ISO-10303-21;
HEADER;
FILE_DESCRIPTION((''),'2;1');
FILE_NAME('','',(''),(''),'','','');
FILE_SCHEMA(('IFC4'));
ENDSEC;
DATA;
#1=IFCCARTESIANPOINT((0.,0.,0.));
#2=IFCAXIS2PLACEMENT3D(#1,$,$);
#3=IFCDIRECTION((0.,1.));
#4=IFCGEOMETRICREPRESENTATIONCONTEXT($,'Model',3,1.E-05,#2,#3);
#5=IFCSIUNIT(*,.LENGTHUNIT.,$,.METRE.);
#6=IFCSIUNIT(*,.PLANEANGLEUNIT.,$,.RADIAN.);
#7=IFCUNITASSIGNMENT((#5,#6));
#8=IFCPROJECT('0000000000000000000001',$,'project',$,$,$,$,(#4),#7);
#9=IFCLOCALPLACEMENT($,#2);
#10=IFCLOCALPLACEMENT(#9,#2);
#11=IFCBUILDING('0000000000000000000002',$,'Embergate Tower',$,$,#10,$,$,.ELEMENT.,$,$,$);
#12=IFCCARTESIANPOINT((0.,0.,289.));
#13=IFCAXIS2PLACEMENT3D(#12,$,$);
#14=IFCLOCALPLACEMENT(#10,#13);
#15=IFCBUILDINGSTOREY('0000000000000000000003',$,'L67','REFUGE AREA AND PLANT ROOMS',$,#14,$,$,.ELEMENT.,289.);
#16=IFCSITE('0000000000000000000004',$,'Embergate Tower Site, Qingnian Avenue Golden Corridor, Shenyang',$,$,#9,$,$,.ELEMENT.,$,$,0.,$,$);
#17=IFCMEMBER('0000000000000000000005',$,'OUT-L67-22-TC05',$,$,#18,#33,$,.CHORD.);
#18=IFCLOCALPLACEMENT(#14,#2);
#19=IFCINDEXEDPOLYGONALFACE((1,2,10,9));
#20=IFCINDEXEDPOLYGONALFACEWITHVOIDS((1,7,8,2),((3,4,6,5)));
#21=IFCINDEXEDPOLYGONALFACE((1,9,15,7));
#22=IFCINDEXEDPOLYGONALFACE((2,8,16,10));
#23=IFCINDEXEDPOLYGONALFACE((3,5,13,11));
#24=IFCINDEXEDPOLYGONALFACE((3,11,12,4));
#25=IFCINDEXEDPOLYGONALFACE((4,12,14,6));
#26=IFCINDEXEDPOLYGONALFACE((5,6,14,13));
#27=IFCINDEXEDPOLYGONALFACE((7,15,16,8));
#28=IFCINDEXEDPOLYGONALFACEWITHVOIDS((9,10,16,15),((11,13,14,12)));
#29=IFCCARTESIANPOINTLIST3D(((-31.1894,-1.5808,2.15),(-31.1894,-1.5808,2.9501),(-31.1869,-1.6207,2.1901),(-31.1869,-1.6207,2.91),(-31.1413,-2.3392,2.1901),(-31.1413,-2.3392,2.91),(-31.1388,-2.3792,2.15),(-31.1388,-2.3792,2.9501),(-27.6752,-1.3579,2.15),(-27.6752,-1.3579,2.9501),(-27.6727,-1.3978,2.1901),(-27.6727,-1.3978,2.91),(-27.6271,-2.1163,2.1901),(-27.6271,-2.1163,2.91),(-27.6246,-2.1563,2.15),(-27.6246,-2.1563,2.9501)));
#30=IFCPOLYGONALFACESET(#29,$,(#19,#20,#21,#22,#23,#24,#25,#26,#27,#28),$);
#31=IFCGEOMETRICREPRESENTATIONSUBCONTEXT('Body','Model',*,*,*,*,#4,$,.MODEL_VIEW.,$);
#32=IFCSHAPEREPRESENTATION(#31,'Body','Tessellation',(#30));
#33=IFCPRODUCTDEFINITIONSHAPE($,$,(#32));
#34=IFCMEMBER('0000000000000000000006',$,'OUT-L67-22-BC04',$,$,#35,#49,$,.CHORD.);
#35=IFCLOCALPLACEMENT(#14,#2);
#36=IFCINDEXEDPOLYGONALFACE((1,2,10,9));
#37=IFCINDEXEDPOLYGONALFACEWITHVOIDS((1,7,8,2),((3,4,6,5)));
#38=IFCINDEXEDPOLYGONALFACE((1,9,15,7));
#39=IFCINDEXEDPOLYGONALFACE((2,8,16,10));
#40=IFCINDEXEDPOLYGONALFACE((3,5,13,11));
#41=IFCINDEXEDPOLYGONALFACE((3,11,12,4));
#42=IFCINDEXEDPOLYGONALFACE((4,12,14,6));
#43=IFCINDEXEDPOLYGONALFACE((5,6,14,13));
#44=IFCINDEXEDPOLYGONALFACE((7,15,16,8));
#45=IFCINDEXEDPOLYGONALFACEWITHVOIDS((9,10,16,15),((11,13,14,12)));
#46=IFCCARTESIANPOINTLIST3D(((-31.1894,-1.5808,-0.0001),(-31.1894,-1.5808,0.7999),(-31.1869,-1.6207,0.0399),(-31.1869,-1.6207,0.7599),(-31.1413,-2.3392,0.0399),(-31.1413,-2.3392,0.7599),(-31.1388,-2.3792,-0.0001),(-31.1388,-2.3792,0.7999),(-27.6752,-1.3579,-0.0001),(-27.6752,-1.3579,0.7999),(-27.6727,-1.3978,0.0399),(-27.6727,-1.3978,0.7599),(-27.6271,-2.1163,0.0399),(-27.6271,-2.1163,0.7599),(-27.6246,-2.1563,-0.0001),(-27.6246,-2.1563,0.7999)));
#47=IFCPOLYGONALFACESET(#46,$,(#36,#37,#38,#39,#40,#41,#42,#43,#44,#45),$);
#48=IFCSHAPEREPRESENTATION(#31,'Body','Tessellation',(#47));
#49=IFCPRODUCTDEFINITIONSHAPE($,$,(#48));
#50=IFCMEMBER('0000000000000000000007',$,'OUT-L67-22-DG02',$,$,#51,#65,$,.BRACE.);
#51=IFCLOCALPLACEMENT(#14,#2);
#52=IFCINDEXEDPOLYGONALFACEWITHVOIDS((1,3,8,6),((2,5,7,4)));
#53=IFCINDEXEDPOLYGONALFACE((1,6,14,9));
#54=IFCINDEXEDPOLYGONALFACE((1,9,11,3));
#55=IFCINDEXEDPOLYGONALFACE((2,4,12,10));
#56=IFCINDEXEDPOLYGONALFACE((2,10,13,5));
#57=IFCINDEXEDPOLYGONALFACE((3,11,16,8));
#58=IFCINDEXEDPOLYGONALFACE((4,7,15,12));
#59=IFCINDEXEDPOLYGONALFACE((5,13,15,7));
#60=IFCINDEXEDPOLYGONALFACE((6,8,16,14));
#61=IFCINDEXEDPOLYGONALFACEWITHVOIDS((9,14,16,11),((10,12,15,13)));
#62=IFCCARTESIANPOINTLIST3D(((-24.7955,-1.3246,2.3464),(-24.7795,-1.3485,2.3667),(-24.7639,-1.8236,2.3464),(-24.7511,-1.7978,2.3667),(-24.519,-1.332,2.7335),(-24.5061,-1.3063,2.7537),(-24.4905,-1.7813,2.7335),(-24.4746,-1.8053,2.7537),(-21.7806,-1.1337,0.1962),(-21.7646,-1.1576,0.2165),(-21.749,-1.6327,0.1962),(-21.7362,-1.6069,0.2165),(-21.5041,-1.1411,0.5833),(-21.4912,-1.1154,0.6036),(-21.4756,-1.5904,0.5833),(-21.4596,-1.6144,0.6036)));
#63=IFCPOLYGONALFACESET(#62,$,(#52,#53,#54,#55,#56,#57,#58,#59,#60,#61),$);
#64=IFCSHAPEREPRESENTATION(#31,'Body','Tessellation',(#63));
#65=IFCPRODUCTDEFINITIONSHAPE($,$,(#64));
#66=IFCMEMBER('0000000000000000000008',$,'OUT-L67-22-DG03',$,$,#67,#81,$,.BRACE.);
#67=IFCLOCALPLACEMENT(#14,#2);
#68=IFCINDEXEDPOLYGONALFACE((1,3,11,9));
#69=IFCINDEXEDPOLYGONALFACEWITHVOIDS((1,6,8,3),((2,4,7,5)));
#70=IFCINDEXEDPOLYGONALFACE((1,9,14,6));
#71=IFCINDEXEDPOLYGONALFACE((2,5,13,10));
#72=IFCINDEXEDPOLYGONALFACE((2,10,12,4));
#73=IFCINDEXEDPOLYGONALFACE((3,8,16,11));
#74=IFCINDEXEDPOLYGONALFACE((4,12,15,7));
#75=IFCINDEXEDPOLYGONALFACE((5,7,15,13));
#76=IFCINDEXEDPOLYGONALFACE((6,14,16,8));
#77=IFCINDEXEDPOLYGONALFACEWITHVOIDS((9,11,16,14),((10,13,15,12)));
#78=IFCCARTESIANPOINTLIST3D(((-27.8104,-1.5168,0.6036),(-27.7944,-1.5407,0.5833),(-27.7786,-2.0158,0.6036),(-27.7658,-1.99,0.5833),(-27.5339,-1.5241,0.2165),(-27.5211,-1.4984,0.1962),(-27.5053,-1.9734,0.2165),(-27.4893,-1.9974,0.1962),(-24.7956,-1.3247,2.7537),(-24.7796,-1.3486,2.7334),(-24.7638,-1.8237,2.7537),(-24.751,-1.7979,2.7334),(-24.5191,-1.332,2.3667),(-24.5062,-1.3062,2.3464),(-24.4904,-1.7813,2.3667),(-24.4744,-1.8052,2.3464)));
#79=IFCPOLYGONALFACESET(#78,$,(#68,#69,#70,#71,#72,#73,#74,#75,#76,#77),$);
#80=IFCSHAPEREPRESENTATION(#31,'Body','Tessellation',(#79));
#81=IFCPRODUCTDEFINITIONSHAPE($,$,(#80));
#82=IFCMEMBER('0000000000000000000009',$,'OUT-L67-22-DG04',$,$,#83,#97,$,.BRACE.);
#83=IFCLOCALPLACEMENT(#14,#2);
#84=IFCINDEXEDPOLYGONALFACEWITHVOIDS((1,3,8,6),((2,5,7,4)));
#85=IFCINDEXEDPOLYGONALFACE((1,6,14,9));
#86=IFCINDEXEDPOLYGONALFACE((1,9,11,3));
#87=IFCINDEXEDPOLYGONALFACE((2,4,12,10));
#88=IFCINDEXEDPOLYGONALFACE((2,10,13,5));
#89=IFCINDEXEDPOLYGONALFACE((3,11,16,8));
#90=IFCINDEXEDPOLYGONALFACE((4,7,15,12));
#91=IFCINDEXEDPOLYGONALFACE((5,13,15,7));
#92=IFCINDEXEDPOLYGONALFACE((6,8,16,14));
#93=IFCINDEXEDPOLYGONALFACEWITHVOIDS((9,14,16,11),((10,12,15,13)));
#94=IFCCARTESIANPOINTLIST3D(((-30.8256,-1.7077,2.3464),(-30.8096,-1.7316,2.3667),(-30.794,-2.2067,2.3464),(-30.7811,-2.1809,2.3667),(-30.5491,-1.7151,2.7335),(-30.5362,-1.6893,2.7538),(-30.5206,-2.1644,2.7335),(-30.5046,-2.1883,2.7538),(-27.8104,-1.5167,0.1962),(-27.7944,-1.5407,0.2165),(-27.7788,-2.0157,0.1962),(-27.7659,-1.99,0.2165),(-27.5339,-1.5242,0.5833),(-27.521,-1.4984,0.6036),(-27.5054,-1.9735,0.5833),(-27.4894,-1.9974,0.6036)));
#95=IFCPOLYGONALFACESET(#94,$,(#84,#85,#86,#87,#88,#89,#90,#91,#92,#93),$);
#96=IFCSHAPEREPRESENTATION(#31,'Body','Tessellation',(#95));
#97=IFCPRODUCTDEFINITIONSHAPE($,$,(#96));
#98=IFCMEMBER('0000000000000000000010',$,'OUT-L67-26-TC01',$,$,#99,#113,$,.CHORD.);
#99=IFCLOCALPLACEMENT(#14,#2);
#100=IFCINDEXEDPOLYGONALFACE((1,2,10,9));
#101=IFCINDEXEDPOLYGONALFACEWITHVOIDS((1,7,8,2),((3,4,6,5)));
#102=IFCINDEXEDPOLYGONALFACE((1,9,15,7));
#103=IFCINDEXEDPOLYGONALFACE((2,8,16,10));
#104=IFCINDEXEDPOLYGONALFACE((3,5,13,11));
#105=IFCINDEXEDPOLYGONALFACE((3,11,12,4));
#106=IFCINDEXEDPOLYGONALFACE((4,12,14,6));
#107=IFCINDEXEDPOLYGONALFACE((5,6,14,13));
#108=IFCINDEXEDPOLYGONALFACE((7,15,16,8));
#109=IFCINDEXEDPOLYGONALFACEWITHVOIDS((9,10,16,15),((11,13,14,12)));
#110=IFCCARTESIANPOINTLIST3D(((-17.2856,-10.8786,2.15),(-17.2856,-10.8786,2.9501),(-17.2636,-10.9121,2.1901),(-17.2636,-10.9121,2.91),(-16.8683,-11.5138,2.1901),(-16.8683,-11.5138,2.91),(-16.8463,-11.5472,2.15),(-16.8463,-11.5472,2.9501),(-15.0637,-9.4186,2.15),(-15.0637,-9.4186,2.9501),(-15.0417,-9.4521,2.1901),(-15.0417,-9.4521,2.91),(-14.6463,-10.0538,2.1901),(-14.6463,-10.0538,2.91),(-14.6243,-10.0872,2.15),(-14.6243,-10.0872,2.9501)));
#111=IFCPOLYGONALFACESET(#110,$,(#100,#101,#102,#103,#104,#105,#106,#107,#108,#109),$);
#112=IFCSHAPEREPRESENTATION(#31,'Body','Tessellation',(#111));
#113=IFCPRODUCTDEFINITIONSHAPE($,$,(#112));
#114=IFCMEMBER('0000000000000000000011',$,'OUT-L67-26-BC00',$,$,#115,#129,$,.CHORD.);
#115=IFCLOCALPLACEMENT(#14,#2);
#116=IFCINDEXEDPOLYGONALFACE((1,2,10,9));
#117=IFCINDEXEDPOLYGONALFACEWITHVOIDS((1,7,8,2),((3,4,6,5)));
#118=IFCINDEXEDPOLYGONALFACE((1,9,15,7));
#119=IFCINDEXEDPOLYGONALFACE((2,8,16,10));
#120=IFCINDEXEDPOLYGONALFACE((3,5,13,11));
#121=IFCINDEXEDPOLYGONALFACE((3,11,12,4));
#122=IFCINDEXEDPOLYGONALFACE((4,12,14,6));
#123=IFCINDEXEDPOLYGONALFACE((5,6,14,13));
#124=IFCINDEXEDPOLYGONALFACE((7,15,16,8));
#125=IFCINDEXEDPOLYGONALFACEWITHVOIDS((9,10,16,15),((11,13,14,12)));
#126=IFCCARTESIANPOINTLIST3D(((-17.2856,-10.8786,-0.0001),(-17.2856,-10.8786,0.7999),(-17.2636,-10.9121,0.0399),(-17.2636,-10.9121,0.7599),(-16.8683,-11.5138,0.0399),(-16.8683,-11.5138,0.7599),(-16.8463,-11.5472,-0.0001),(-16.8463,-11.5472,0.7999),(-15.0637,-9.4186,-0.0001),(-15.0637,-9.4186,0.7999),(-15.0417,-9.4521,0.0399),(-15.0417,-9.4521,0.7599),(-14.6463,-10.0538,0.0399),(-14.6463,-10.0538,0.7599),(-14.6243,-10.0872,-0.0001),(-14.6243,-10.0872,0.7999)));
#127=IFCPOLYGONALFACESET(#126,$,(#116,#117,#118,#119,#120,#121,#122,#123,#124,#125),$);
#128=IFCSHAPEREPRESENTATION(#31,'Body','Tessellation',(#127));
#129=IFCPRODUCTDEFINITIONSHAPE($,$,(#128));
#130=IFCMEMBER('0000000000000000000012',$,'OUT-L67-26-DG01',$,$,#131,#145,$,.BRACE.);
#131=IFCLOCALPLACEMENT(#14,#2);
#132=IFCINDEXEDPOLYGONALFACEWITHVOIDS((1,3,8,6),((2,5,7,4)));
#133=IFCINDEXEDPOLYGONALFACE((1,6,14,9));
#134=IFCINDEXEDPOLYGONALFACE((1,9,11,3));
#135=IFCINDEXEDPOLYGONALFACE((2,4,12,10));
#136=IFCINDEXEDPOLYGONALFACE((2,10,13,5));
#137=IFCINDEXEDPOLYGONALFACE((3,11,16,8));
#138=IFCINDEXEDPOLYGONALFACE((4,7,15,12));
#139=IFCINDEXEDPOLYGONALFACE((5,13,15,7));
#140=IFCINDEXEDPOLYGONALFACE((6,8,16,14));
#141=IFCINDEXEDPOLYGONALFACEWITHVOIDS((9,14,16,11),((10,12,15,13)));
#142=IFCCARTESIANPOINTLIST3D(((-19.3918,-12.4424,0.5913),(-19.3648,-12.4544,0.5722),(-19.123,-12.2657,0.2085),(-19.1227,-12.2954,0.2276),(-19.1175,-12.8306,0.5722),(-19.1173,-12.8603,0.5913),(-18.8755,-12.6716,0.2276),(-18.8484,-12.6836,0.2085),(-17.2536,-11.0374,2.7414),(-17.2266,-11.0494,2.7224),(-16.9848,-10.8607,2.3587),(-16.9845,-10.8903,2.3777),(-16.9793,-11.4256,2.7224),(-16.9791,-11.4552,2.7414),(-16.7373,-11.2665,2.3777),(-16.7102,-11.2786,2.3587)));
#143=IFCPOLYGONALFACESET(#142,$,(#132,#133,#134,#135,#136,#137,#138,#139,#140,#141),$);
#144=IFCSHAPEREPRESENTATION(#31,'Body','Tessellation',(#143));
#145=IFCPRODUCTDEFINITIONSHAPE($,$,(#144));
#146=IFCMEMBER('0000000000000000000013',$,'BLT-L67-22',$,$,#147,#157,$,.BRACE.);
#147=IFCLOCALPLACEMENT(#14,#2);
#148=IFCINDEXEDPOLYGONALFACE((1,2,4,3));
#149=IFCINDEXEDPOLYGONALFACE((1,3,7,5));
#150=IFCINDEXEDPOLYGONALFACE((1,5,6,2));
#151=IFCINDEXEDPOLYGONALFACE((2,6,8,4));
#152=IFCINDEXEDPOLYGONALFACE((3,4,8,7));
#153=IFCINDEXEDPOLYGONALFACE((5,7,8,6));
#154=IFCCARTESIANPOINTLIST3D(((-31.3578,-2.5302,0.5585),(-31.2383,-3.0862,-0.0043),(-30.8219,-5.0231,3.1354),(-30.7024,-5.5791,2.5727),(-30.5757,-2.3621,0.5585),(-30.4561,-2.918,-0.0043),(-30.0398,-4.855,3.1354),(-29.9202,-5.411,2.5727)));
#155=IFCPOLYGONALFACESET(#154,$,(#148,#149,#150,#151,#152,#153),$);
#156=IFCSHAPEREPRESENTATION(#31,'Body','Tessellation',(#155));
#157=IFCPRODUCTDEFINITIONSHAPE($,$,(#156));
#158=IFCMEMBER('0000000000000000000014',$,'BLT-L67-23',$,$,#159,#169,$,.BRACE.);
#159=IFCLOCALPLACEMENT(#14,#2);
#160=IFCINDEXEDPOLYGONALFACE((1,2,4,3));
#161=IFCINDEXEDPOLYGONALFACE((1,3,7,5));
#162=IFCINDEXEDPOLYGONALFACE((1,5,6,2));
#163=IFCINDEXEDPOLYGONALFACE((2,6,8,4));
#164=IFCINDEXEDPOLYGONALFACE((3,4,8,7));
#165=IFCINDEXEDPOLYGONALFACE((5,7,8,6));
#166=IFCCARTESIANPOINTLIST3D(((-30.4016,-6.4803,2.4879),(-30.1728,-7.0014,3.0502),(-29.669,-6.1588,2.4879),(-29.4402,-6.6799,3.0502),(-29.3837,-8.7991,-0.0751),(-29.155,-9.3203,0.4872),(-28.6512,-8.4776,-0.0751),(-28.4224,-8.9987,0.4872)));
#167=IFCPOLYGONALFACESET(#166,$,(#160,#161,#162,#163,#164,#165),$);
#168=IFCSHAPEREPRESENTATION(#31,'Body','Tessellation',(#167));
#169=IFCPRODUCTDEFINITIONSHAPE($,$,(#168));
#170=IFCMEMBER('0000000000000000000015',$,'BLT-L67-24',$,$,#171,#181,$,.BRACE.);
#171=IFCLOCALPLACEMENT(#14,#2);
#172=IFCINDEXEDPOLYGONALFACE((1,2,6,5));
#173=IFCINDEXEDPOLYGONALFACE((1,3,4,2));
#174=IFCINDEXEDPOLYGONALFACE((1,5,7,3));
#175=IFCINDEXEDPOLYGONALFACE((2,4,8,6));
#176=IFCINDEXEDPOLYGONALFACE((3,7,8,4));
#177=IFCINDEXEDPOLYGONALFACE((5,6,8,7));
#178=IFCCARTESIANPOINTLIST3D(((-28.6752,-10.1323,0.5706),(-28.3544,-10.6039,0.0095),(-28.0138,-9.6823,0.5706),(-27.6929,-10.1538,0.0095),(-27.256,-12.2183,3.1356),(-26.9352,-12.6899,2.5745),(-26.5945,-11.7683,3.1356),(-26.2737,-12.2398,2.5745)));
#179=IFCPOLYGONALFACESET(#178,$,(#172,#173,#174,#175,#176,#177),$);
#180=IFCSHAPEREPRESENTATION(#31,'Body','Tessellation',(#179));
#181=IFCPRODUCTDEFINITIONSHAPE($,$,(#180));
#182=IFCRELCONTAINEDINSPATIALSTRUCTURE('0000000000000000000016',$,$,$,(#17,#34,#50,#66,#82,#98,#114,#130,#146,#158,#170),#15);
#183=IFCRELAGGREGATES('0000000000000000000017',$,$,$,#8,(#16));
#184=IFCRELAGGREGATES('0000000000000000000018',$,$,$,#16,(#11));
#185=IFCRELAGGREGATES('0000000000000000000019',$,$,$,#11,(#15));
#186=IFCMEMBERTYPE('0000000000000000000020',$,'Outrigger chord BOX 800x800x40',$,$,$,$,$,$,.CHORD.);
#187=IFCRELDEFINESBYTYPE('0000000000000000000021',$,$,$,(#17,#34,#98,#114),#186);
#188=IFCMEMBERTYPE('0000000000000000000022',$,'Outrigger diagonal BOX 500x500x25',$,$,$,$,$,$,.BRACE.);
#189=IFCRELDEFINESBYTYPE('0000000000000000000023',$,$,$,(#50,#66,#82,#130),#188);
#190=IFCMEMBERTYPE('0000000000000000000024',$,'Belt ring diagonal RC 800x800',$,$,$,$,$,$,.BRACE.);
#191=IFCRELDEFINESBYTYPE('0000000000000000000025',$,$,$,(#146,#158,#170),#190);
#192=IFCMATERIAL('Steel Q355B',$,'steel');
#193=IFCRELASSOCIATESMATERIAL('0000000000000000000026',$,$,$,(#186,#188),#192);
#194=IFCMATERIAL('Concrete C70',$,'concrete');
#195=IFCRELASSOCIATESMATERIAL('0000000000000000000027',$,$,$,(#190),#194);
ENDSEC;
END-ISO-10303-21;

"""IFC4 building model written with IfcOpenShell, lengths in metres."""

from ifc_helpers import new_model, si_unit, direction, frame, origin, origin_2d, place, context, subcontext, project, spatial, rectangle, hollow_rectangle, extrude, source, transform, mapped, material, material_profile, profile_set, type_object, element, save


model = new_model("IFC4")

# Units and contexts
model_context = context("Model", 3, precision=1e-05, world=origin(), true_north=direction((0.0, 1.0)))
body_context = subcontext(model_context, "Body", "Model", "MODEL_VIEW")
ifc_project = project(units=[si_unit("LENGTHUNIT", "METRE"), si_unit("PLANEANGLEUNIT", "RADIAN")], contexts=[model_context])

# Site, building, storey
site_placement = place(None, origin())
site = spatial("IfcSite", under=ifc_project, at=site_placement, Name="Embergate Tower Site, Qingnian Avenue Golden Corridor, Shenyang", CompositionType="ELEMENT", RefElevation=0.0)
building_placement = place(site_placement, origin())
building = spatial("IfcBuilding", under=site, at=building_placement, Name="Embergate Tower", CompositionType="ELEMENT")
storey_placement = place(building_placement, frame((0.0, 0.0, 289.0)))
storey = spatial("IfcBuildingStorey", under=building, at=storey_placement, Name="L67", Description="REFUGE AREA AND PLANT ROOMS", CompositionType="ELEMENT", Elevation=289.0)

# Shared definitions
ifc_material_1 = material(Name="Steel Q355B", Category="steel")

# Members
ifc_material_profile_1 = material_profile(ifc_material_1, hollow_rectangle(XDim=0.8, YDim=0.8, WallThickness=0.04, at=origin_2d()), Name="BOX 800x800x40")
ifc_profile_set_1 = profile_set([ifc_material_profile_1], Name="Steel Q355 grade B")
member_type_1 = type_object("IfcMemberType", Name="Outrigger chord BOX 800x800x40", PredefinedType="CHORD", material=ifc_profile_set_1)
shared_shape_1 = source(origin(), body_context, "Body", "SweptSolid", [
    extrude(hollow_rectangle(XDim=0.8, YDim=0.8, WallThickness=0.04, at=origin_2d()), origin(), (0.0, 0.0, 1.0), 3.5212),
])
for number, where, z_axis, x_axis, name in (
    (1, (-27.6499, -1.7571, 2.55), (-0.997994, -0.063302, 0.0), (0.063302, -0.997994, 0.0), "OUT-L67-22-TC05"),
    (2, (-27.6499, -1.7571, 0.3999), (-0.997994, -0.063302, 0.0), (0.063302, -0.997994, 0.0), "OUT-L67-22-BC04"),
):
    element("IfcMember", number, at=place(storey_placement, frame(where, z_axis=z_axis, x_axis=x_axis)), inside=storey, type_object=member_type_1, Name=name, PredefinedType="CHORD", context=body_context, shape_type="MappedRepresentation", body=[
        mapped(shared_shape_1, transform((0.0, 0.0, 0.0))),
    ])
ifc_material_profile_2 = material_profile(ifc_material_1, hollow_rectangle(XDim=0.5, YDim=0.5, WallThickness=0.0249, at=origin_2d()), Name="BOX 500x500x25")
ifc_profile_set_2 = profile_set([ifc_material_profile_2], Name="Steel Q355 grade B")
member_type_2 = type_object("IfcMemberType", Name="Outrigger diagonal BOX 500x500x25", PredefinedType="BRACE", material=ifc_profile_set_2)
shared_shape_2 = source(origin(), body_context, "Body", "SweptSolid", [
    extrude(hollow_rectangle(XDim=0.5, YDim=0.5, WallThickness=0.0249, at=origin_2d()), origin(), (0.0, 0.0, 1.0), 3.708),
])
for number, where, z_axis, x_axis, name in (
    (3, (-21.6201, -1.374, 0.3999), (-0.813081, -0.051488, 0.579869), (0.063198, -0.998001, 0.0), "OUT-L67-22-DG02"),
    (4, (-24.635, -1.5649, 2.55), (-0.813067, -0.051817, -0.579859), (0.063601, -0.997975, 0.0), "OUT-L67-22-DG03"),
):
    element("IfcMember", number, at=place(storey_placement, frame(where, z_axis=z_axis, x_axis=x_axis)), inside=storey, type_object=member_type_2, Name=name, PredefinedType="BRACE", context=body_context, shape_type="MappedRepresentation", body=[
        mapped(shared_shape_2, transform((0.0, 0.0, 0.0))),
    ])
shared_shape_3 = source(origin(), body_context, "Body", "SweptSolid", [
    extrude(hollow_rectangle(XDim=0.5, YDim=0.5, WallThickness=0.0249, at=origin_2d()), origin(), (0.0, 0.0, 1.0), 3.7083),
])
member_1_placement = place(storey_placement, frame((-27.6499, -1.7571, 0.3999), z_axis=(-0.813103, -0.051486, 0.579838), x_axis=(0.063193, -0.998001, 0.0)))
element("IfcMember", 5, at=member_1_placement, inside=storey, type_object=member_type_2, Name="OUT-L67-22-DG04", PredefinedType="BRACE", context=body_context, shape_type="MappedRepresentation", body=[
    mapped(shared_shape_3, transform((0.0, 0.0, 0.0))),
])
shared_shape_4 = source(origin(), body_context, "Body", "SweptSolid", [
    extrude(hollow_rectangle(XDim=0.8, YDim=0.8, WallThickness=0.04, at=origin_2d()), origin(), (0.0, 0.0, 1.0), 2.6587),
])
for number, where, z_axis, x_axis, name in (
    (6, (-14.844, -9.7529, 2.55), (-0.835733, -0.549136, 0.0), (0.549136, -0.835733, 0.0), "OUT-L67-26-TC01"),
    (7, (-14.844, -9.7529, 0.3999), (-0.835733, -0.549136, 0.0), (0.549136, -0.835733, 0.0), "OUT-L67-26-BC00"),
):
    element("IfcMember", number, at=place(storey_placement, frame(where, z_axis=z_axis, x_axis=x_axis)), inside=storey, type_object=member_type_1, Name=name, PredefinedType="CHORD", context=body_context, shape_type="MappedRepresentation", body=[
        mapped(shared_shape_4, transform((0.0, 0.0, 0.0))),
    ])
shared_shape_5 = source(origin(), body_context, "Body", "SweptSolid", [
    extrude(hollow_rectangle(XDim=0.5, YDim=0.5, WallThickness=0.0249, at=origin_2d()), origin(), (0.0, 0.0, 1.0), 3.342),
])
member_2_placement = place(storey_placement, frame((-16.9819, -11.158, 2.55), z_axis=(-0.639789, -0.420414, -0.643368), x_axis=(0.549161, -0.835717, 0.0)))
element("IfcMember", 8, at=member_2_placement, inside=storey, type_object=member_type_2, Name="OUT-L67-26-DG01", PredefinedType="BRACE", context=body_context, shape_type="MappedRepresentation", body=[
    mapped(shared_shape_5, transform((0.0, 0.0, 0.0))),
])
ifc_material_2 = material(Name="Concrete C70", Category="concrete")
ifc_material_profile_3 = material_profile(ifc_material_2, rectangle(XDim=0.8, YDim=0.8, at=origin_2d()), Name="RC 800x800")
ifc_profile_set_3 = profile_set([ifc_material_profile_3], Name="Concrete C70")
member_type_3 = type_object("IfcMemberType", Name="Belt ring diagonal RC 800x800", PredefinedType="BRACE", material=ifc_profile_set_3)
shared_shape_6 = source(origin(), body_context, "Body", "SweptSolid", [
    extrude(rectangle(XDim=0.8, YDim=0.8, at=origin_2d()), origin(), (0.0, 0.0, 1.0), 3.6252),
])
member_3_placement = place(storey_placement, frame((-30.907, -2.7241, 0.2771), z_axis=(0.147822, -0.687659, 0.710826), x_axis=(0.977666, 0.210163, 0.0)))
element("IfcMember", 9, at=member_3_placement, inside=storey, type_object=member_type_3, Name="BLT-L67-22", PredefinedType="BRACE", context=body_context, shape_type="MappedRepresentation", body=[
    mapped(shared_shape_6, transform((0.0, 0.0, 0.0))),
])
shared_shape_7 = source(origin(), body_context, "Body", "SweptSolid", [
    extrude(rectangle(XDim=0.8, YDim=0.8, at=origin_2d()), origin(), (0.0, 0.0, 1.0), 3.603),
])
member_4_placement = place(storey_placement, frame((-28.9031, -8.8989, 0.2061), z_axis=(-0.28249, 0.64358, 0.71134), x_axis=(-0.915674, -0.401921, 0.0)))
element("IfcMember", 10, at=member_4_placement, inside=storey, type_object=member_type_3, Name="BLT-L67-23", PredefinedType="BRACE", context=body_context, shape_type="MappedRepresentation", body=[
    mapped(shared_shape_7, transform((0.0, 0.0, 0.0))),
])
shared_shape_8 = source(origin(), body_context, "Body", "SweptSolid", [
    extrude(rectangle(XDim=0.8, YDim=0.8, at=origin_2d()), origin(), (0.0, 0.0, 1.0), 3.5979),
])
member_5_placement = place(storey_placement, frame((-28.1841, -10.1431, 0.29), z_axis=(0.39446, -0.579782, 0.71292), x_axis=(0.826788, 0.562514, 0.0)))
element("IfcMember", 11, at=member_5_placement, inside=storey, type_object=member_type_3, Name="BLT-L67-24", PredefinedType="BRACE", context=body_context, shape_type="MappedRepresentation", body=[
    mapped(shared_shape_8, transform((0.0, 0.0, 0.0))),
])

save(model, "model.ifc")
